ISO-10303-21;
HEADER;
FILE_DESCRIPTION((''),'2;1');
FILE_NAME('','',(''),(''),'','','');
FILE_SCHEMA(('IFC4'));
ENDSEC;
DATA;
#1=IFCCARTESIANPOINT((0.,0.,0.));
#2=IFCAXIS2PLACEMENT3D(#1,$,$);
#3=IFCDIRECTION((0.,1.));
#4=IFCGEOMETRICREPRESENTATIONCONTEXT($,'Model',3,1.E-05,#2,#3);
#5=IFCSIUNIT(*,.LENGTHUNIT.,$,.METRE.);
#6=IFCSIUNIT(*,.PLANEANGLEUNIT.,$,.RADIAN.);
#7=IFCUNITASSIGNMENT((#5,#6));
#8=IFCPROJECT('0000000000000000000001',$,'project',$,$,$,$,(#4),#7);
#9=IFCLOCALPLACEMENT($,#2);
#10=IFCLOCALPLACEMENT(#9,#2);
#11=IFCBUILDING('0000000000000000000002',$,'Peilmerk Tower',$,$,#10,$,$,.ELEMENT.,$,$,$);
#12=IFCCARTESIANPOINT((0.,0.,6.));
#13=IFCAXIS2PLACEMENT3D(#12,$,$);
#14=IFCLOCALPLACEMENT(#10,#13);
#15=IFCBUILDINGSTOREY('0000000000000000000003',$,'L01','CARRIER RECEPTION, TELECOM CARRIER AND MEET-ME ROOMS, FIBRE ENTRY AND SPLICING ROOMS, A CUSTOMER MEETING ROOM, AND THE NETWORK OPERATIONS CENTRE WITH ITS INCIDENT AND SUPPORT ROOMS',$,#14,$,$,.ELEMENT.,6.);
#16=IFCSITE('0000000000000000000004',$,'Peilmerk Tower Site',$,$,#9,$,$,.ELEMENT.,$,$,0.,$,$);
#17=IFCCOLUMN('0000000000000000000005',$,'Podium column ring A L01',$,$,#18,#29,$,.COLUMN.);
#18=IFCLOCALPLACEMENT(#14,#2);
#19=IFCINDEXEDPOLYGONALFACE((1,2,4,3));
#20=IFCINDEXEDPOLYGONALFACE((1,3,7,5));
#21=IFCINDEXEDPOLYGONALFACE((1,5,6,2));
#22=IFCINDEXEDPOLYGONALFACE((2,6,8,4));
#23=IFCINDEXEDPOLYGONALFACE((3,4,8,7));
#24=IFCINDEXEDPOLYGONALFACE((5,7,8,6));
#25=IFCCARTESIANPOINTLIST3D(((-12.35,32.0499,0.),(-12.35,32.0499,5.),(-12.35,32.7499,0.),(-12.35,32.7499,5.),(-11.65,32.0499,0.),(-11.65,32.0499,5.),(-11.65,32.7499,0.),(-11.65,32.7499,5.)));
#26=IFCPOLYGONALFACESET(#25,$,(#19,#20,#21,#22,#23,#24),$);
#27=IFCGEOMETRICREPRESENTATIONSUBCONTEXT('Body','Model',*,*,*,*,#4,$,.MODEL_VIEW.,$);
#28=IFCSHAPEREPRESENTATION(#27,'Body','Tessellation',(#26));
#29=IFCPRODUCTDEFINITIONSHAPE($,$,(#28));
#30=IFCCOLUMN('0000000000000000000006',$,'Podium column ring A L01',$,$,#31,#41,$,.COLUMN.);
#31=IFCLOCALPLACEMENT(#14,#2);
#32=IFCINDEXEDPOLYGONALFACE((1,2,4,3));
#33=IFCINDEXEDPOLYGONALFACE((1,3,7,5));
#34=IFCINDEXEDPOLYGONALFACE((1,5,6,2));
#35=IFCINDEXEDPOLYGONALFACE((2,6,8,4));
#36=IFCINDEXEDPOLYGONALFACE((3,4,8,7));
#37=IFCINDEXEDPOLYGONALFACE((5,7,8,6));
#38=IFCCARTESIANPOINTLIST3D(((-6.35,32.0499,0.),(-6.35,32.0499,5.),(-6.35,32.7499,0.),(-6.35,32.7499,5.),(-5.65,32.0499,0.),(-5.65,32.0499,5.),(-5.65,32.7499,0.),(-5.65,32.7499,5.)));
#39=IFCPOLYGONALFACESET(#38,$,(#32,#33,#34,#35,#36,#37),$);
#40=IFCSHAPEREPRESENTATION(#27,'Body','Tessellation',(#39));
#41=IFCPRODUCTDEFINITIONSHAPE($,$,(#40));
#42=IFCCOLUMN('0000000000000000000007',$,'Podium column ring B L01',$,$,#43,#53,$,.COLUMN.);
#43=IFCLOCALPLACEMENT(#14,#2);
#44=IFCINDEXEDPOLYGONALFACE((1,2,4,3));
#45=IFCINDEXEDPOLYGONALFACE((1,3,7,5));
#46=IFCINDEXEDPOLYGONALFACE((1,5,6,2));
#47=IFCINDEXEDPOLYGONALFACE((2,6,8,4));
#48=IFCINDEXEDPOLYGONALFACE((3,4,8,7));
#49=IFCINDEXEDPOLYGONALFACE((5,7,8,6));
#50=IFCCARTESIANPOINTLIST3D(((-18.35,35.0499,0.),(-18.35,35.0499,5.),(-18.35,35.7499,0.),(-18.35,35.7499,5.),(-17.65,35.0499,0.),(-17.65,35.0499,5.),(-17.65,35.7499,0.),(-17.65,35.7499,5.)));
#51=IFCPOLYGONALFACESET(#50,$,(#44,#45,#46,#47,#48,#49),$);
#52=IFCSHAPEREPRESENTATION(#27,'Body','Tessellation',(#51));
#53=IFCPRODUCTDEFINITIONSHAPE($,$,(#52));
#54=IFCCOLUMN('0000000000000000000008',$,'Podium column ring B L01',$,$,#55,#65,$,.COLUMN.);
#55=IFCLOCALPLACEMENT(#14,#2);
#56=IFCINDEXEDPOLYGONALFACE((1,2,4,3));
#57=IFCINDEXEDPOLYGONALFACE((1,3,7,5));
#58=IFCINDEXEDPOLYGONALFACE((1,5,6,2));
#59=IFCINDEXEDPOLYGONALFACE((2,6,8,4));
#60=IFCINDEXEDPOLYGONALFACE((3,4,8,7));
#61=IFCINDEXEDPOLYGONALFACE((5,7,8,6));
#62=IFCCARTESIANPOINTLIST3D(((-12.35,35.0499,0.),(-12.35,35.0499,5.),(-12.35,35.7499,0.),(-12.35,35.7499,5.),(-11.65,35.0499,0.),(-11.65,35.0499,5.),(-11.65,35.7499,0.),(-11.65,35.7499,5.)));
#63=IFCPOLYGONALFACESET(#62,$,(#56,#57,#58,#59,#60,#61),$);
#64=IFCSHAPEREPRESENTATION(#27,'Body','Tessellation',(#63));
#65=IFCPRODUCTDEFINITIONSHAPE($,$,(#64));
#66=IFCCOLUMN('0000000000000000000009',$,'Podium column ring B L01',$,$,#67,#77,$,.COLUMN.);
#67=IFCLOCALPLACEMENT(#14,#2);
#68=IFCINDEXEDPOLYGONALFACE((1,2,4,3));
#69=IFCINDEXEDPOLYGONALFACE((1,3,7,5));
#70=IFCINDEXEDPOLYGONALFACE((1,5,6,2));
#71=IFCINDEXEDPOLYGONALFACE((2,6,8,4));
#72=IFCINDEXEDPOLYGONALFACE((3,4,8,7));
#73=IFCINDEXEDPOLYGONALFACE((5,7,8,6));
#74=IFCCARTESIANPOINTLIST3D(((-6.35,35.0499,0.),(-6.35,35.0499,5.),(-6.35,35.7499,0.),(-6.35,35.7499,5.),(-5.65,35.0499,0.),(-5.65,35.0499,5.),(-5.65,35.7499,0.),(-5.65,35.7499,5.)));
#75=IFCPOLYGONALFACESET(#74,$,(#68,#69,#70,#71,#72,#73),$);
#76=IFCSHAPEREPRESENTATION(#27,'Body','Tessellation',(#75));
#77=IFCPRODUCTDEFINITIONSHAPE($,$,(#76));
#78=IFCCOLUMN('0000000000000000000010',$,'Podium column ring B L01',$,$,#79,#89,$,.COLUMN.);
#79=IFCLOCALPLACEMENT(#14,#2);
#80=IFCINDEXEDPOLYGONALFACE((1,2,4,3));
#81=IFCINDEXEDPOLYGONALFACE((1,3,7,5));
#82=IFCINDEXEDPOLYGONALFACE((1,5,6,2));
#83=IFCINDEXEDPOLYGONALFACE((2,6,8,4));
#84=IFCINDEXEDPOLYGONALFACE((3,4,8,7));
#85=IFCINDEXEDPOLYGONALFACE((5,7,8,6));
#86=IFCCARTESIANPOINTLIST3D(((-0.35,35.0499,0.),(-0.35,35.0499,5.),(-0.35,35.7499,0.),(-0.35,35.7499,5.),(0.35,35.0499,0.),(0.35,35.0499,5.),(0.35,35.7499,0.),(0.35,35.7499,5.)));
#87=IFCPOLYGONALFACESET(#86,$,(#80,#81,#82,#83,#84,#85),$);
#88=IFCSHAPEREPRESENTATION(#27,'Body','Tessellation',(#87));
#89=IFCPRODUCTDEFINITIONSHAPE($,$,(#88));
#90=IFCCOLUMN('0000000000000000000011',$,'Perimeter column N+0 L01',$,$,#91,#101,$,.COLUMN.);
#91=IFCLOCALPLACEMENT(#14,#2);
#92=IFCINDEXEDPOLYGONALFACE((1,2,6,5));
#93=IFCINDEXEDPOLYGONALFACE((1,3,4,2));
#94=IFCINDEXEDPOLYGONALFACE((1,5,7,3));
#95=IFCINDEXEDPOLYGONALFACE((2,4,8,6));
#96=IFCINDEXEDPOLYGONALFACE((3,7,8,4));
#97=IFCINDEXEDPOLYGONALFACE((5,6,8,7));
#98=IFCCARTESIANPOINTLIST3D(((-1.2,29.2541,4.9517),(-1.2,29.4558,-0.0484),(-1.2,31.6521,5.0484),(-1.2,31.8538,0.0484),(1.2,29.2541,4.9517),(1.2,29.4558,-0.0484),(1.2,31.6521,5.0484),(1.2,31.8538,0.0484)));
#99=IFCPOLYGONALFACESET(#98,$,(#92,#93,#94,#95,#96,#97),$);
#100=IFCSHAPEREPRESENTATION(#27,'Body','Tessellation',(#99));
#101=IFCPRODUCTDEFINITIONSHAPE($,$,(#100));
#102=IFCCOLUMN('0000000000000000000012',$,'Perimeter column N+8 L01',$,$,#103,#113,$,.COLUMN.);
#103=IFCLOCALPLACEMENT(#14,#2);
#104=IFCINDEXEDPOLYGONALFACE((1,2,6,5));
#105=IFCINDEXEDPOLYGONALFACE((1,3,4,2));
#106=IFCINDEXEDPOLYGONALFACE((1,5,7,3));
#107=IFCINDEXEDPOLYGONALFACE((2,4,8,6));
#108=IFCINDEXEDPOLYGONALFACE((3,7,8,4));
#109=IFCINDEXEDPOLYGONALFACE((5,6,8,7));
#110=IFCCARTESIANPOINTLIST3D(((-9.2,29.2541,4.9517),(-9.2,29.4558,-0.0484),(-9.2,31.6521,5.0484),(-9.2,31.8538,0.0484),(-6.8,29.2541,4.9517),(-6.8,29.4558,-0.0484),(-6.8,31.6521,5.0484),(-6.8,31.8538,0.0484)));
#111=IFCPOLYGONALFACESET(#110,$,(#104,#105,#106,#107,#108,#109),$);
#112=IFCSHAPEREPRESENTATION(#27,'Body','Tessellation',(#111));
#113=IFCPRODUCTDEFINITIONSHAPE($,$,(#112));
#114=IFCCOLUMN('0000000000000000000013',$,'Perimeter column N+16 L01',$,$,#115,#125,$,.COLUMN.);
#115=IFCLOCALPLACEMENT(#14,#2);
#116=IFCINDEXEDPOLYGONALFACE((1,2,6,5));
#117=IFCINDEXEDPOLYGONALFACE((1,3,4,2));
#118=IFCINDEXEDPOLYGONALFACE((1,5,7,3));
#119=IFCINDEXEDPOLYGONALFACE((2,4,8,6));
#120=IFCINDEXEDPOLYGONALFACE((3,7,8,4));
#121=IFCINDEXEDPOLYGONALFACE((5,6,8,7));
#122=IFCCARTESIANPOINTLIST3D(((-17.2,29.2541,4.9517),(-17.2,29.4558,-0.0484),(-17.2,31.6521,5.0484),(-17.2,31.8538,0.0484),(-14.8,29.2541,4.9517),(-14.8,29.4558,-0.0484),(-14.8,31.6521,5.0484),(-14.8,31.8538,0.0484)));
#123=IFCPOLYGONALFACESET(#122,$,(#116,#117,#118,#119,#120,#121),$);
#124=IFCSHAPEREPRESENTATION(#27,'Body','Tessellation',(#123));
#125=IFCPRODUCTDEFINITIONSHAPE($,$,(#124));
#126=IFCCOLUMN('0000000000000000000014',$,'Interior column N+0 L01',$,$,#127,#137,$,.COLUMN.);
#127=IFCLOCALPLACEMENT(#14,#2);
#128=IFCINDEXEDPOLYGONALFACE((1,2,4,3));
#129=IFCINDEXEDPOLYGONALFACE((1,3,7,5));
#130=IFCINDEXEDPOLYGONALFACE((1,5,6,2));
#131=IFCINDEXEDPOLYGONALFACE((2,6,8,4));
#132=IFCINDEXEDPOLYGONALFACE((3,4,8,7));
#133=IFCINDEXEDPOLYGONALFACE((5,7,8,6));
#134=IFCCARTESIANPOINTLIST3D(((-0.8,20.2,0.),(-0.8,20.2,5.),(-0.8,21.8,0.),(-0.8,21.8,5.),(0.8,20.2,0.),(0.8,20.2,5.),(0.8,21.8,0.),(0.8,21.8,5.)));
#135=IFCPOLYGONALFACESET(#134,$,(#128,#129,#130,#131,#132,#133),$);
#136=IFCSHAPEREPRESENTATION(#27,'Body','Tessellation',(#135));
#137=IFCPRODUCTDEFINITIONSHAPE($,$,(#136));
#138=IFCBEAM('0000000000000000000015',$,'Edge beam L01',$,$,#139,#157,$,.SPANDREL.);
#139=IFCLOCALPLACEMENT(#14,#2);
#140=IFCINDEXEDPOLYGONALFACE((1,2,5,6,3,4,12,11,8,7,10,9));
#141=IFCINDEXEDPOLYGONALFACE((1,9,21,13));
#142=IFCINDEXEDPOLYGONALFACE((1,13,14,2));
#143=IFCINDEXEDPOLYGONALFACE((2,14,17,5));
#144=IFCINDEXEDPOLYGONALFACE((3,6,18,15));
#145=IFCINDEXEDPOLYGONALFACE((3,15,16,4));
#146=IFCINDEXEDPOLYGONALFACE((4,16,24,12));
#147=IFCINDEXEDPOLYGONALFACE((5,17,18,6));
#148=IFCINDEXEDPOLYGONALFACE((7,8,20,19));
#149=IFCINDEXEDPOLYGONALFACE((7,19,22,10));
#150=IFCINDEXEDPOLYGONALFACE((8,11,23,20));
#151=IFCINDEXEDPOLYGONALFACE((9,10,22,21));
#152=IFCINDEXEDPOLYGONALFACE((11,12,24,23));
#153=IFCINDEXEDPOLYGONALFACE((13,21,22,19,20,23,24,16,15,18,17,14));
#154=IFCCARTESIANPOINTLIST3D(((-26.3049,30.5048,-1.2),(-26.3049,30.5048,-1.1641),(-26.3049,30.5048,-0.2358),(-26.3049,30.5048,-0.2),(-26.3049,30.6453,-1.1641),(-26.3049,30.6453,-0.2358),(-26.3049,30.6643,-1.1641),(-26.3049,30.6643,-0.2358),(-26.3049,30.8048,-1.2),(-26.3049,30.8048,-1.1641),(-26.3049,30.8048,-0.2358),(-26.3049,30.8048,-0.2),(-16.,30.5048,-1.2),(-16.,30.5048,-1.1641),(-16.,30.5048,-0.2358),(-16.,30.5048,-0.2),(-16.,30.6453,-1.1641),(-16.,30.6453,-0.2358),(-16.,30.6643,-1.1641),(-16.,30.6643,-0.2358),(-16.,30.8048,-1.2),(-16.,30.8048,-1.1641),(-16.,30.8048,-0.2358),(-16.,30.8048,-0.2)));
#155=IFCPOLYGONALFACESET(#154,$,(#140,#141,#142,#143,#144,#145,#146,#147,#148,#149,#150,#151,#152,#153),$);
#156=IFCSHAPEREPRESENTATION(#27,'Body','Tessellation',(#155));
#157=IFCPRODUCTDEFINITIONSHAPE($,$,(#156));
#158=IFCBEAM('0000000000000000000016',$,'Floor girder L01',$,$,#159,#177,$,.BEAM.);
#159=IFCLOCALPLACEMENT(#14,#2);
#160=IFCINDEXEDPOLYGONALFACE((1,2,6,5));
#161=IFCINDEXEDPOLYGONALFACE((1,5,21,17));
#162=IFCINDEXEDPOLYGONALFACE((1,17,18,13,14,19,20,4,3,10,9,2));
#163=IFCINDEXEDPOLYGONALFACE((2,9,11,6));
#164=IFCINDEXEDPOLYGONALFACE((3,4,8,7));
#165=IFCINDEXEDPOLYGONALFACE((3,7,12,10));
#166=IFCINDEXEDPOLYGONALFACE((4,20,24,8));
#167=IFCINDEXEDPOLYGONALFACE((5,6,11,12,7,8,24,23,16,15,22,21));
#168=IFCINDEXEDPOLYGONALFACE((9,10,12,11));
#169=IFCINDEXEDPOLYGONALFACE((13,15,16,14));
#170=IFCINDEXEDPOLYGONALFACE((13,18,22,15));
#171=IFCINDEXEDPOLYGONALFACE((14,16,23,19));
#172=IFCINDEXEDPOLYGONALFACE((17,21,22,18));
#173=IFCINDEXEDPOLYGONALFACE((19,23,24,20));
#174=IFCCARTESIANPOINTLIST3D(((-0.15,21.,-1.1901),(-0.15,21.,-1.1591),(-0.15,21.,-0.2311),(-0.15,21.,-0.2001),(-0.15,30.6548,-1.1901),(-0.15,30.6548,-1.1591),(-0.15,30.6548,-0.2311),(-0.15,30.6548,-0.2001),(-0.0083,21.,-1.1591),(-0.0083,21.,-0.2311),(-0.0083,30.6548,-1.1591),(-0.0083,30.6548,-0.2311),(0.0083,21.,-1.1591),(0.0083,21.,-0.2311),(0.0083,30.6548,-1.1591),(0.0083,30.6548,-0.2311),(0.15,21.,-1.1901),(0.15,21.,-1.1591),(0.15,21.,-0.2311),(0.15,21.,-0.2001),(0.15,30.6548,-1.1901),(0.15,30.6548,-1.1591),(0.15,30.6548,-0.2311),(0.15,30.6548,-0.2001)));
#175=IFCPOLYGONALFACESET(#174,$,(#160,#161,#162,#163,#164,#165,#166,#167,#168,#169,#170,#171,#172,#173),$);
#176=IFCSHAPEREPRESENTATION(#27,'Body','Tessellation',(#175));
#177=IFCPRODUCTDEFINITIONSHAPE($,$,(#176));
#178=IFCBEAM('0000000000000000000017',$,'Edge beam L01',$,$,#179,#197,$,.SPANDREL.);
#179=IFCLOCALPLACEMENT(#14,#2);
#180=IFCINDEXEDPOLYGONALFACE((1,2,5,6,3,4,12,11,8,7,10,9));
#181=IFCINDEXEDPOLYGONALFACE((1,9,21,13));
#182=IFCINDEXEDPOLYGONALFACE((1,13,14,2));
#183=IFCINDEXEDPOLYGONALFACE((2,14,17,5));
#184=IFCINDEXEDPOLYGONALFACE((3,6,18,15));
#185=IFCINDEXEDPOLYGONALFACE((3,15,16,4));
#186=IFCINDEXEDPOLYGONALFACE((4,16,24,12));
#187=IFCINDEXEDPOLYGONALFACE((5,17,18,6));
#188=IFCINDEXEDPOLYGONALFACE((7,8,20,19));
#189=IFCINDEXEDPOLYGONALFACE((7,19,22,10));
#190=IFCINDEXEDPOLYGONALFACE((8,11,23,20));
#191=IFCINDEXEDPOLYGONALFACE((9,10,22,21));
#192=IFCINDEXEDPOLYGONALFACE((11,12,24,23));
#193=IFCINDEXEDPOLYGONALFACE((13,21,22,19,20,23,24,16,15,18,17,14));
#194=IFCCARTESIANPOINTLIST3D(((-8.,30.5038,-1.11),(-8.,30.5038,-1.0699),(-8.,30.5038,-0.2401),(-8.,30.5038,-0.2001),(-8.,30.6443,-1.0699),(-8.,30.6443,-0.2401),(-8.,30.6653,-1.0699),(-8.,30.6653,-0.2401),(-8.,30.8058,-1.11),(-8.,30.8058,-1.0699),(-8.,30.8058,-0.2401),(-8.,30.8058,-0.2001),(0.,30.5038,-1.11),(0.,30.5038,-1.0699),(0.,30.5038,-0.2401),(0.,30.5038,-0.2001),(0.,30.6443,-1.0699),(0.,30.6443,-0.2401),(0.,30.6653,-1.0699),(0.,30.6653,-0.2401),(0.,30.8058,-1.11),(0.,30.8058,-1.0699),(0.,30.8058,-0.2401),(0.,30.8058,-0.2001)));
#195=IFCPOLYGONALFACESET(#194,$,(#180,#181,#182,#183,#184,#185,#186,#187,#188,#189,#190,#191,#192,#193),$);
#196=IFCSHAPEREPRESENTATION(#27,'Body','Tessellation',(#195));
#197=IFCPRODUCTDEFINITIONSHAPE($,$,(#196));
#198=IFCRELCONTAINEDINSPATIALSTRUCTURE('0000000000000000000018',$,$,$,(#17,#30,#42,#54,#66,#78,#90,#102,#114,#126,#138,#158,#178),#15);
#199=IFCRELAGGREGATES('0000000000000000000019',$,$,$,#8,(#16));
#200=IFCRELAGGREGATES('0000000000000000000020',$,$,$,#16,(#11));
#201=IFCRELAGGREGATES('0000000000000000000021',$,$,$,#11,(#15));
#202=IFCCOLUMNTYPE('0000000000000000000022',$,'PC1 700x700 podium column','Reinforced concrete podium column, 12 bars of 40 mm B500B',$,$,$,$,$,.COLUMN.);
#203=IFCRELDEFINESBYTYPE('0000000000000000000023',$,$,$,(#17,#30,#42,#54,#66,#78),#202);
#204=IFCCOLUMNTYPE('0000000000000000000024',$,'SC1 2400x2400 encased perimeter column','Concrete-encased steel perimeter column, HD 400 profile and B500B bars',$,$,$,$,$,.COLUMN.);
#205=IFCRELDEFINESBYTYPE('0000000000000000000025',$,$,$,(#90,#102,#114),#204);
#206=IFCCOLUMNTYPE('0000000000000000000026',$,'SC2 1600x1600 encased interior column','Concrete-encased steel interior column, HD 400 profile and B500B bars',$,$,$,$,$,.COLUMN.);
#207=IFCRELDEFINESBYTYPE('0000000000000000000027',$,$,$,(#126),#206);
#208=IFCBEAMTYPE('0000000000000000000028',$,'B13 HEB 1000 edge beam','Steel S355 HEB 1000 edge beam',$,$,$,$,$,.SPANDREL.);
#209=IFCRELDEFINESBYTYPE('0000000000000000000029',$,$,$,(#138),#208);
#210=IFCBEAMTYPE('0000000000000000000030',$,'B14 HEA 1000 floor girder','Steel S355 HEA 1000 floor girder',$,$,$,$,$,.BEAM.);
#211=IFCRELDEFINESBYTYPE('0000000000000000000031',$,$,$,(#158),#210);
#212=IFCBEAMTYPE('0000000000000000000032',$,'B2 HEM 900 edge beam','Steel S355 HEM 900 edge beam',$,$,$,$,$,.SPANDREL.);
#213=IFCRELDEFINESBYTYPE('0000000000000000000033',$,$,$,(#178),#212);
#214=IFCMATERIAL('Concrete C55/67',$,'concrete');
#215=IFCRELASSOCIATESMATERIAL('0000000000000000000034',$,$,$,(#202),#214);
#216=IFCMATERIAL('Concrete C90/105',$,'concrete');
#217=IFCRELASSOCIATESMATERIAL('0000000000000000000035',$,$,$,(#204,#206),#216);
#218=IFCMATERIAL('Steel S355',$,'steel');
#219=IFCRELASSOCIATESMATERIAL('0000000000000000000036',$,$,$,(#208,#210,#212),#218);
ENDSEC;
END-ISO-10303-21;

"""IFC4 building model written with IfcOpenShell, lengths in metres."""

from ifc_helpers import new_model, si_unit, direction, frame, origin, origin_2d, place, context, subcontext, project, spatial, rectangle, i_section, extrude, material, material_profile, profile_set, type_object, element, save


model = new_model("IFC4")

# Units and contexts
model_context = context("Model", 3, precision=1e-05, world=origin(), true_north=direction((0.0, 1.0)))
body_context = subcontext(model_context, "Body", "Model", "MODEL_VIEW")
ifc_project = project(units=[si_unit("LENGTHUNIT", "METRE"), si_unit("PLANEANGLEUNIT", "RADIAN")], contexts=[model_context])

# Site, building, storey
site_placement = place(None, origin())
site = spatial("IfcSite", under=ifc_project, at=site_placement, Name="Peilmerk Tower Site", CompositionType="ELEMENT", RefElevation=0.0)
building_placement = place(site_placement, origin())
building = spatial("IfcBuilding", under=site, at=building_placement, Name="Peilmerk Tower", CompositionType="ELEMENT")
storey_placement = place(building_placement, frame((0.0, 0.0, 6.0)))
storey = spatial("IfcBuildingStorey", under=building, at=storey_placement, Name="L01", Description="CARRIER RECEPTION, TELECOM CARRIER AND MEET-ME ROOMS, FIBRE ENTRY AND SPLICING ROOMS, A CUSTOMER MEETING ROOM, AND THE NETWORK OPERATIONS CENTRE WITH ITS INCIDENT AND SUPPORT ROOMS", CompositionType="ELEMENT", Elevation=6.0)

# Columns
ifc_material_1 = material(Name="Concrete C55/67", Category="concrete")
ifc_material_profile_1 = material_profile(ifc_material_1, rectangle(XDim=0.7, YDim=0.7, at=origin_2d()), Name="RC 700x700")
ifc_profile_set_1 = profile_set([ifc_material_profile_1], Name="Concrete C55/67")
column_type_1 = type_object("IfcColumnType", Name="PC1 700x700 podium column", Description="Reinforced concrete podium column, 12 bars of 40 mm B500B", PredefinedType="COLUMN", material=ifc_profile_set_1)
for number, where, z_axis, x_axis, name in (
    (1, (-12.0, 32.3999, 0.0), (0.0, 0.0, 1.0), (1.0, 0.0, 0.0), "Podium column ring A L01"),
    (2, (-6.0, 32.3999, 0.0), (0.0, 0.0, 1.0), (1.0, 0.0, 0.0), "Podium column ring A L01"),
    (3, (-18.0, 35.3999, 0.0), (0.0, 0.0, 1.0), (1.0, 0.0, 0.0), "Podium column ring B L01"),
    (4, (-12.0, 35.3999, 0.0), (0.0, 0.0, 1.0), (1.0, 0.0, 0.0), "Podium column ring B L01"),
    (5, (-6.0, 35.3999, 0.0), (0.0, 0.0, 1.0), (1.0, 0.0, 0.0), "Podium column ring B L01"),
    (6, (0.0, 35.3999, 0.0), (0.0, 0.0, 1.0), (1.0, 0.0, 0.0), "Podium column ring B L01"),
):
    element("IfcColumn", number, at=place(storey_placement, frame(where, z_axis=z_axis, x_axis=x_axis)), inside=storey, type_object=column_type_1, Name=name, PredefinedType="COLUMN", context=body_context, shape_type="SweptSolid", body=[
        extrude(rectangle(XDim=0.7, YDim=0.7, at=origin_2d()), origin(), (0.0, 0.0, 1.0), 5.0),
    ])
ifc_material_2 = material(Name="Concrete C90/105", Category="concrete")
ifc_material_profile_2 = material_profile(ifc_material_2, rectangle(XDim=2.3999, YDim=2.3999, at=origin_2d()), Name="RC 2400x2400")
ifc_profile_set_2 = profile_set([ifc_material_profile_2], Name="Concrete C90/105")
column_type_2 = type_object("IfcColumnType", Name="SC1 2400x2400 encased perimeter column", Description="Concrete-encased steel perimeter column, HD 400 profile and B500B bars", PredefinedType="COLUMN", material=ifc_profile_set_2)
for number, where, z_axis, x_axis, name in (
    (7, (0.0, 30.6548, 0.0), (0.0, -0.040299, 0.999188), (1.0, 0.0, 0.0), "Perimeter column N+0 L01"),
    (8, (-8.0, 30.6548, 0.0), (0.0, -0.040299, 0.999188), (1.0, 0.0, 0.0), "Perimeter column N+8 L01"),
    (9, (-16.0, 30.6548, 0.0), (0.0, -0.040299, 0.999188), (1.0, 0.0, 0.0), "Perimeter column N+16 L01"),
):
    element("IfcColumn", number, at=place(storey_placement, frame(where, z_axis=z_axis, x_axis=x_axis)), inside=storey, type_object=column_type_2, Name=name, PredefinedType="COLUMN", context=body_context, shape_type="SweptSolid", body=[
        extrude(rectangle(XDim=2.3999, YDim=2.3999, at=origin_2d()), origin(), (0.0, 0.0, 1.0), 5.0042),
    ])
ifc_material_profile_3 = material_profile(ifc_material_2, rectangle(XDim=1.6001, YDim=1.6001, at=origin_2d()), Name="RC 1600x1600")
ifc_profile_set_3 = profile_set([ifc_material_profile_3], Name="Concrete C90/105")
column_type_3 = type_object("IfcColumnType", Name="SC2 1600x1600 encased interior column", Description="Concrete-encased steel interior column, HD 400 profile and B500B bars", PredefinedType="COLUMN", material=ifc_profile_set_3)
column_placement = place(storey_placement, frame((0.0, 21.0, 0.0), z_axis=(0.0, 0.0, 1.0), x_axis=(1.0, 0.0, 0.0)))
element("IfcColumn", 10, at=column_placement, inside=storey, type_object=column_type_3, Name="Interior column N+0 L01", PredefinedType="COLUMN", context=body_context, shape_type="SweptSolid", body=[
    extrude(rectangle(XDim=1.6001, YDim=1.6001, at=origin_2d()), origin(), (0.0, 0.0, 1.0), 5.0),
])

# Beams
ifc_material_3 = material(Name="Steel S355", Category="steel")
ifc_material_profile_4 = material_profile(ifc_material_3, i_section(OverallWidth=0.3, OverallDepth=1.0, WebThickness=0.019, FlangeThickness=0.0359, at=origin_2d()), Name="HEB 1000")
ifc_profile_set_4 = profile_set([ifc_material_profile_4], Name="Steel S355")
beam_type_1 = type_object("IfcBeamType", Name="B13 HEB 1000 edge beam", Description="Steel S355 HEB 1000 edge beam", PredefinedType="SPANDREL", material=ifc_profile_set_4)
beam_1_placement = place(storey_placement, frame((-16.0, 30.6548, -0.7), z_axis=(-1.0, 0.0, 0.0), x_axis=(0.0, -1.0, 0.0)))
element("IfcBeam", 11, at=beam_1_placement, inside=storey, type_object=beam_type_1, Name="Edge beam L01", PredefinedType="SPANDREL", context=body_context, shape_type="SweptSolid", body=[
    extrude(i_section(OverallWidth=0.3, OverallDepth=1.0, WebThickness=0.019, FlangeThickness=0.0359, at=origin_2d()), origin(), (0.0, 0.0, 1.0), 10.3049),
])
ifc_material_profile_5 = material_profile(ifc_material_3, i_section(OverallWidth=0.3, OverallDepth=0.99, WebThickness=0.0166, FlangeThickness=0.031, at=origin_2d()), Name="HEA 1000")
ifc_profile_set_5 = profile_set([ifc_material_profile_5], Name="Steel S355")
beam_type_2 = type_object("IfcBeamType", Name="B14 HEA 1000 floor girder", Description="Steel S355 HEA 1000 floor girder", PredefinedType="BEAM", material=ifc_profile_set_5)
beam_2_placement = place(storey_placement, frame((0.0, 21.0, -0.6951), z_axis=(0.0, 1.0, 0.0), x_axis=(-1.0, 0.0, 0.0)))
element("IfcBeam", 12, at=beam_2_placement, inside=storey, type_object=beam_type_2, Name="Floor girder L01", PredefinedType="BEAM", context=body_context, shape_type="SweptSolid", body=[
    extrude(i_section(OverallWidth=0.3, OverallDepth=0.99, WebThickness=0.0166, FlangeThickness=0.031, at=origin_2d()), origin(), (0.0, 0.0, 1.0), 9.6548),
])
ifc_material_profile_6 = material_profile(ifc_material_3, i_section(OverallWidth=0.302, OverallDepth=0.9099, WebThickness=0.021, FlangeThickness=0.04, at=origin_2d()), Name="HEM 900")
ifc_profile_set_6 = profile_set([ifc_material_profile_6], Name="Steel S355")
beam_type_3 = type_object("IfcBeamType", Name="B2 HEM 900 edge beam", Description="Steel S355 HEM 900 edge beam", PredefinedType="SPANDREL", material=ifc_profile_set_6)
for number, where, z_axis, x_axis, name in (
    (13, (0.0, 30.6548, -0.655), (-1.0, 0.0, 0.0), (0.0, -1.0, 0.0), "Edge beam L01"),
):
    element("IfcBeam", number, at=place(storey_placement, frame(where, z_axis=z_axis, x_axis=x_axis)), inside=storey, type_object=beam_type_3, Name=name, PredefinedType="SPANDREL", context=body_context, shape_type="SweptSolid", body=[
        extrude(i_section(OverallWidth=0.302, OverallDepth=0.9099, WebThickness=0.021, FlangeThickness=0.04, at=origin_2d()), origin(), (0.0, 0.0, 1.0), 8.0),
    ])

save(model, "model.ifc")
